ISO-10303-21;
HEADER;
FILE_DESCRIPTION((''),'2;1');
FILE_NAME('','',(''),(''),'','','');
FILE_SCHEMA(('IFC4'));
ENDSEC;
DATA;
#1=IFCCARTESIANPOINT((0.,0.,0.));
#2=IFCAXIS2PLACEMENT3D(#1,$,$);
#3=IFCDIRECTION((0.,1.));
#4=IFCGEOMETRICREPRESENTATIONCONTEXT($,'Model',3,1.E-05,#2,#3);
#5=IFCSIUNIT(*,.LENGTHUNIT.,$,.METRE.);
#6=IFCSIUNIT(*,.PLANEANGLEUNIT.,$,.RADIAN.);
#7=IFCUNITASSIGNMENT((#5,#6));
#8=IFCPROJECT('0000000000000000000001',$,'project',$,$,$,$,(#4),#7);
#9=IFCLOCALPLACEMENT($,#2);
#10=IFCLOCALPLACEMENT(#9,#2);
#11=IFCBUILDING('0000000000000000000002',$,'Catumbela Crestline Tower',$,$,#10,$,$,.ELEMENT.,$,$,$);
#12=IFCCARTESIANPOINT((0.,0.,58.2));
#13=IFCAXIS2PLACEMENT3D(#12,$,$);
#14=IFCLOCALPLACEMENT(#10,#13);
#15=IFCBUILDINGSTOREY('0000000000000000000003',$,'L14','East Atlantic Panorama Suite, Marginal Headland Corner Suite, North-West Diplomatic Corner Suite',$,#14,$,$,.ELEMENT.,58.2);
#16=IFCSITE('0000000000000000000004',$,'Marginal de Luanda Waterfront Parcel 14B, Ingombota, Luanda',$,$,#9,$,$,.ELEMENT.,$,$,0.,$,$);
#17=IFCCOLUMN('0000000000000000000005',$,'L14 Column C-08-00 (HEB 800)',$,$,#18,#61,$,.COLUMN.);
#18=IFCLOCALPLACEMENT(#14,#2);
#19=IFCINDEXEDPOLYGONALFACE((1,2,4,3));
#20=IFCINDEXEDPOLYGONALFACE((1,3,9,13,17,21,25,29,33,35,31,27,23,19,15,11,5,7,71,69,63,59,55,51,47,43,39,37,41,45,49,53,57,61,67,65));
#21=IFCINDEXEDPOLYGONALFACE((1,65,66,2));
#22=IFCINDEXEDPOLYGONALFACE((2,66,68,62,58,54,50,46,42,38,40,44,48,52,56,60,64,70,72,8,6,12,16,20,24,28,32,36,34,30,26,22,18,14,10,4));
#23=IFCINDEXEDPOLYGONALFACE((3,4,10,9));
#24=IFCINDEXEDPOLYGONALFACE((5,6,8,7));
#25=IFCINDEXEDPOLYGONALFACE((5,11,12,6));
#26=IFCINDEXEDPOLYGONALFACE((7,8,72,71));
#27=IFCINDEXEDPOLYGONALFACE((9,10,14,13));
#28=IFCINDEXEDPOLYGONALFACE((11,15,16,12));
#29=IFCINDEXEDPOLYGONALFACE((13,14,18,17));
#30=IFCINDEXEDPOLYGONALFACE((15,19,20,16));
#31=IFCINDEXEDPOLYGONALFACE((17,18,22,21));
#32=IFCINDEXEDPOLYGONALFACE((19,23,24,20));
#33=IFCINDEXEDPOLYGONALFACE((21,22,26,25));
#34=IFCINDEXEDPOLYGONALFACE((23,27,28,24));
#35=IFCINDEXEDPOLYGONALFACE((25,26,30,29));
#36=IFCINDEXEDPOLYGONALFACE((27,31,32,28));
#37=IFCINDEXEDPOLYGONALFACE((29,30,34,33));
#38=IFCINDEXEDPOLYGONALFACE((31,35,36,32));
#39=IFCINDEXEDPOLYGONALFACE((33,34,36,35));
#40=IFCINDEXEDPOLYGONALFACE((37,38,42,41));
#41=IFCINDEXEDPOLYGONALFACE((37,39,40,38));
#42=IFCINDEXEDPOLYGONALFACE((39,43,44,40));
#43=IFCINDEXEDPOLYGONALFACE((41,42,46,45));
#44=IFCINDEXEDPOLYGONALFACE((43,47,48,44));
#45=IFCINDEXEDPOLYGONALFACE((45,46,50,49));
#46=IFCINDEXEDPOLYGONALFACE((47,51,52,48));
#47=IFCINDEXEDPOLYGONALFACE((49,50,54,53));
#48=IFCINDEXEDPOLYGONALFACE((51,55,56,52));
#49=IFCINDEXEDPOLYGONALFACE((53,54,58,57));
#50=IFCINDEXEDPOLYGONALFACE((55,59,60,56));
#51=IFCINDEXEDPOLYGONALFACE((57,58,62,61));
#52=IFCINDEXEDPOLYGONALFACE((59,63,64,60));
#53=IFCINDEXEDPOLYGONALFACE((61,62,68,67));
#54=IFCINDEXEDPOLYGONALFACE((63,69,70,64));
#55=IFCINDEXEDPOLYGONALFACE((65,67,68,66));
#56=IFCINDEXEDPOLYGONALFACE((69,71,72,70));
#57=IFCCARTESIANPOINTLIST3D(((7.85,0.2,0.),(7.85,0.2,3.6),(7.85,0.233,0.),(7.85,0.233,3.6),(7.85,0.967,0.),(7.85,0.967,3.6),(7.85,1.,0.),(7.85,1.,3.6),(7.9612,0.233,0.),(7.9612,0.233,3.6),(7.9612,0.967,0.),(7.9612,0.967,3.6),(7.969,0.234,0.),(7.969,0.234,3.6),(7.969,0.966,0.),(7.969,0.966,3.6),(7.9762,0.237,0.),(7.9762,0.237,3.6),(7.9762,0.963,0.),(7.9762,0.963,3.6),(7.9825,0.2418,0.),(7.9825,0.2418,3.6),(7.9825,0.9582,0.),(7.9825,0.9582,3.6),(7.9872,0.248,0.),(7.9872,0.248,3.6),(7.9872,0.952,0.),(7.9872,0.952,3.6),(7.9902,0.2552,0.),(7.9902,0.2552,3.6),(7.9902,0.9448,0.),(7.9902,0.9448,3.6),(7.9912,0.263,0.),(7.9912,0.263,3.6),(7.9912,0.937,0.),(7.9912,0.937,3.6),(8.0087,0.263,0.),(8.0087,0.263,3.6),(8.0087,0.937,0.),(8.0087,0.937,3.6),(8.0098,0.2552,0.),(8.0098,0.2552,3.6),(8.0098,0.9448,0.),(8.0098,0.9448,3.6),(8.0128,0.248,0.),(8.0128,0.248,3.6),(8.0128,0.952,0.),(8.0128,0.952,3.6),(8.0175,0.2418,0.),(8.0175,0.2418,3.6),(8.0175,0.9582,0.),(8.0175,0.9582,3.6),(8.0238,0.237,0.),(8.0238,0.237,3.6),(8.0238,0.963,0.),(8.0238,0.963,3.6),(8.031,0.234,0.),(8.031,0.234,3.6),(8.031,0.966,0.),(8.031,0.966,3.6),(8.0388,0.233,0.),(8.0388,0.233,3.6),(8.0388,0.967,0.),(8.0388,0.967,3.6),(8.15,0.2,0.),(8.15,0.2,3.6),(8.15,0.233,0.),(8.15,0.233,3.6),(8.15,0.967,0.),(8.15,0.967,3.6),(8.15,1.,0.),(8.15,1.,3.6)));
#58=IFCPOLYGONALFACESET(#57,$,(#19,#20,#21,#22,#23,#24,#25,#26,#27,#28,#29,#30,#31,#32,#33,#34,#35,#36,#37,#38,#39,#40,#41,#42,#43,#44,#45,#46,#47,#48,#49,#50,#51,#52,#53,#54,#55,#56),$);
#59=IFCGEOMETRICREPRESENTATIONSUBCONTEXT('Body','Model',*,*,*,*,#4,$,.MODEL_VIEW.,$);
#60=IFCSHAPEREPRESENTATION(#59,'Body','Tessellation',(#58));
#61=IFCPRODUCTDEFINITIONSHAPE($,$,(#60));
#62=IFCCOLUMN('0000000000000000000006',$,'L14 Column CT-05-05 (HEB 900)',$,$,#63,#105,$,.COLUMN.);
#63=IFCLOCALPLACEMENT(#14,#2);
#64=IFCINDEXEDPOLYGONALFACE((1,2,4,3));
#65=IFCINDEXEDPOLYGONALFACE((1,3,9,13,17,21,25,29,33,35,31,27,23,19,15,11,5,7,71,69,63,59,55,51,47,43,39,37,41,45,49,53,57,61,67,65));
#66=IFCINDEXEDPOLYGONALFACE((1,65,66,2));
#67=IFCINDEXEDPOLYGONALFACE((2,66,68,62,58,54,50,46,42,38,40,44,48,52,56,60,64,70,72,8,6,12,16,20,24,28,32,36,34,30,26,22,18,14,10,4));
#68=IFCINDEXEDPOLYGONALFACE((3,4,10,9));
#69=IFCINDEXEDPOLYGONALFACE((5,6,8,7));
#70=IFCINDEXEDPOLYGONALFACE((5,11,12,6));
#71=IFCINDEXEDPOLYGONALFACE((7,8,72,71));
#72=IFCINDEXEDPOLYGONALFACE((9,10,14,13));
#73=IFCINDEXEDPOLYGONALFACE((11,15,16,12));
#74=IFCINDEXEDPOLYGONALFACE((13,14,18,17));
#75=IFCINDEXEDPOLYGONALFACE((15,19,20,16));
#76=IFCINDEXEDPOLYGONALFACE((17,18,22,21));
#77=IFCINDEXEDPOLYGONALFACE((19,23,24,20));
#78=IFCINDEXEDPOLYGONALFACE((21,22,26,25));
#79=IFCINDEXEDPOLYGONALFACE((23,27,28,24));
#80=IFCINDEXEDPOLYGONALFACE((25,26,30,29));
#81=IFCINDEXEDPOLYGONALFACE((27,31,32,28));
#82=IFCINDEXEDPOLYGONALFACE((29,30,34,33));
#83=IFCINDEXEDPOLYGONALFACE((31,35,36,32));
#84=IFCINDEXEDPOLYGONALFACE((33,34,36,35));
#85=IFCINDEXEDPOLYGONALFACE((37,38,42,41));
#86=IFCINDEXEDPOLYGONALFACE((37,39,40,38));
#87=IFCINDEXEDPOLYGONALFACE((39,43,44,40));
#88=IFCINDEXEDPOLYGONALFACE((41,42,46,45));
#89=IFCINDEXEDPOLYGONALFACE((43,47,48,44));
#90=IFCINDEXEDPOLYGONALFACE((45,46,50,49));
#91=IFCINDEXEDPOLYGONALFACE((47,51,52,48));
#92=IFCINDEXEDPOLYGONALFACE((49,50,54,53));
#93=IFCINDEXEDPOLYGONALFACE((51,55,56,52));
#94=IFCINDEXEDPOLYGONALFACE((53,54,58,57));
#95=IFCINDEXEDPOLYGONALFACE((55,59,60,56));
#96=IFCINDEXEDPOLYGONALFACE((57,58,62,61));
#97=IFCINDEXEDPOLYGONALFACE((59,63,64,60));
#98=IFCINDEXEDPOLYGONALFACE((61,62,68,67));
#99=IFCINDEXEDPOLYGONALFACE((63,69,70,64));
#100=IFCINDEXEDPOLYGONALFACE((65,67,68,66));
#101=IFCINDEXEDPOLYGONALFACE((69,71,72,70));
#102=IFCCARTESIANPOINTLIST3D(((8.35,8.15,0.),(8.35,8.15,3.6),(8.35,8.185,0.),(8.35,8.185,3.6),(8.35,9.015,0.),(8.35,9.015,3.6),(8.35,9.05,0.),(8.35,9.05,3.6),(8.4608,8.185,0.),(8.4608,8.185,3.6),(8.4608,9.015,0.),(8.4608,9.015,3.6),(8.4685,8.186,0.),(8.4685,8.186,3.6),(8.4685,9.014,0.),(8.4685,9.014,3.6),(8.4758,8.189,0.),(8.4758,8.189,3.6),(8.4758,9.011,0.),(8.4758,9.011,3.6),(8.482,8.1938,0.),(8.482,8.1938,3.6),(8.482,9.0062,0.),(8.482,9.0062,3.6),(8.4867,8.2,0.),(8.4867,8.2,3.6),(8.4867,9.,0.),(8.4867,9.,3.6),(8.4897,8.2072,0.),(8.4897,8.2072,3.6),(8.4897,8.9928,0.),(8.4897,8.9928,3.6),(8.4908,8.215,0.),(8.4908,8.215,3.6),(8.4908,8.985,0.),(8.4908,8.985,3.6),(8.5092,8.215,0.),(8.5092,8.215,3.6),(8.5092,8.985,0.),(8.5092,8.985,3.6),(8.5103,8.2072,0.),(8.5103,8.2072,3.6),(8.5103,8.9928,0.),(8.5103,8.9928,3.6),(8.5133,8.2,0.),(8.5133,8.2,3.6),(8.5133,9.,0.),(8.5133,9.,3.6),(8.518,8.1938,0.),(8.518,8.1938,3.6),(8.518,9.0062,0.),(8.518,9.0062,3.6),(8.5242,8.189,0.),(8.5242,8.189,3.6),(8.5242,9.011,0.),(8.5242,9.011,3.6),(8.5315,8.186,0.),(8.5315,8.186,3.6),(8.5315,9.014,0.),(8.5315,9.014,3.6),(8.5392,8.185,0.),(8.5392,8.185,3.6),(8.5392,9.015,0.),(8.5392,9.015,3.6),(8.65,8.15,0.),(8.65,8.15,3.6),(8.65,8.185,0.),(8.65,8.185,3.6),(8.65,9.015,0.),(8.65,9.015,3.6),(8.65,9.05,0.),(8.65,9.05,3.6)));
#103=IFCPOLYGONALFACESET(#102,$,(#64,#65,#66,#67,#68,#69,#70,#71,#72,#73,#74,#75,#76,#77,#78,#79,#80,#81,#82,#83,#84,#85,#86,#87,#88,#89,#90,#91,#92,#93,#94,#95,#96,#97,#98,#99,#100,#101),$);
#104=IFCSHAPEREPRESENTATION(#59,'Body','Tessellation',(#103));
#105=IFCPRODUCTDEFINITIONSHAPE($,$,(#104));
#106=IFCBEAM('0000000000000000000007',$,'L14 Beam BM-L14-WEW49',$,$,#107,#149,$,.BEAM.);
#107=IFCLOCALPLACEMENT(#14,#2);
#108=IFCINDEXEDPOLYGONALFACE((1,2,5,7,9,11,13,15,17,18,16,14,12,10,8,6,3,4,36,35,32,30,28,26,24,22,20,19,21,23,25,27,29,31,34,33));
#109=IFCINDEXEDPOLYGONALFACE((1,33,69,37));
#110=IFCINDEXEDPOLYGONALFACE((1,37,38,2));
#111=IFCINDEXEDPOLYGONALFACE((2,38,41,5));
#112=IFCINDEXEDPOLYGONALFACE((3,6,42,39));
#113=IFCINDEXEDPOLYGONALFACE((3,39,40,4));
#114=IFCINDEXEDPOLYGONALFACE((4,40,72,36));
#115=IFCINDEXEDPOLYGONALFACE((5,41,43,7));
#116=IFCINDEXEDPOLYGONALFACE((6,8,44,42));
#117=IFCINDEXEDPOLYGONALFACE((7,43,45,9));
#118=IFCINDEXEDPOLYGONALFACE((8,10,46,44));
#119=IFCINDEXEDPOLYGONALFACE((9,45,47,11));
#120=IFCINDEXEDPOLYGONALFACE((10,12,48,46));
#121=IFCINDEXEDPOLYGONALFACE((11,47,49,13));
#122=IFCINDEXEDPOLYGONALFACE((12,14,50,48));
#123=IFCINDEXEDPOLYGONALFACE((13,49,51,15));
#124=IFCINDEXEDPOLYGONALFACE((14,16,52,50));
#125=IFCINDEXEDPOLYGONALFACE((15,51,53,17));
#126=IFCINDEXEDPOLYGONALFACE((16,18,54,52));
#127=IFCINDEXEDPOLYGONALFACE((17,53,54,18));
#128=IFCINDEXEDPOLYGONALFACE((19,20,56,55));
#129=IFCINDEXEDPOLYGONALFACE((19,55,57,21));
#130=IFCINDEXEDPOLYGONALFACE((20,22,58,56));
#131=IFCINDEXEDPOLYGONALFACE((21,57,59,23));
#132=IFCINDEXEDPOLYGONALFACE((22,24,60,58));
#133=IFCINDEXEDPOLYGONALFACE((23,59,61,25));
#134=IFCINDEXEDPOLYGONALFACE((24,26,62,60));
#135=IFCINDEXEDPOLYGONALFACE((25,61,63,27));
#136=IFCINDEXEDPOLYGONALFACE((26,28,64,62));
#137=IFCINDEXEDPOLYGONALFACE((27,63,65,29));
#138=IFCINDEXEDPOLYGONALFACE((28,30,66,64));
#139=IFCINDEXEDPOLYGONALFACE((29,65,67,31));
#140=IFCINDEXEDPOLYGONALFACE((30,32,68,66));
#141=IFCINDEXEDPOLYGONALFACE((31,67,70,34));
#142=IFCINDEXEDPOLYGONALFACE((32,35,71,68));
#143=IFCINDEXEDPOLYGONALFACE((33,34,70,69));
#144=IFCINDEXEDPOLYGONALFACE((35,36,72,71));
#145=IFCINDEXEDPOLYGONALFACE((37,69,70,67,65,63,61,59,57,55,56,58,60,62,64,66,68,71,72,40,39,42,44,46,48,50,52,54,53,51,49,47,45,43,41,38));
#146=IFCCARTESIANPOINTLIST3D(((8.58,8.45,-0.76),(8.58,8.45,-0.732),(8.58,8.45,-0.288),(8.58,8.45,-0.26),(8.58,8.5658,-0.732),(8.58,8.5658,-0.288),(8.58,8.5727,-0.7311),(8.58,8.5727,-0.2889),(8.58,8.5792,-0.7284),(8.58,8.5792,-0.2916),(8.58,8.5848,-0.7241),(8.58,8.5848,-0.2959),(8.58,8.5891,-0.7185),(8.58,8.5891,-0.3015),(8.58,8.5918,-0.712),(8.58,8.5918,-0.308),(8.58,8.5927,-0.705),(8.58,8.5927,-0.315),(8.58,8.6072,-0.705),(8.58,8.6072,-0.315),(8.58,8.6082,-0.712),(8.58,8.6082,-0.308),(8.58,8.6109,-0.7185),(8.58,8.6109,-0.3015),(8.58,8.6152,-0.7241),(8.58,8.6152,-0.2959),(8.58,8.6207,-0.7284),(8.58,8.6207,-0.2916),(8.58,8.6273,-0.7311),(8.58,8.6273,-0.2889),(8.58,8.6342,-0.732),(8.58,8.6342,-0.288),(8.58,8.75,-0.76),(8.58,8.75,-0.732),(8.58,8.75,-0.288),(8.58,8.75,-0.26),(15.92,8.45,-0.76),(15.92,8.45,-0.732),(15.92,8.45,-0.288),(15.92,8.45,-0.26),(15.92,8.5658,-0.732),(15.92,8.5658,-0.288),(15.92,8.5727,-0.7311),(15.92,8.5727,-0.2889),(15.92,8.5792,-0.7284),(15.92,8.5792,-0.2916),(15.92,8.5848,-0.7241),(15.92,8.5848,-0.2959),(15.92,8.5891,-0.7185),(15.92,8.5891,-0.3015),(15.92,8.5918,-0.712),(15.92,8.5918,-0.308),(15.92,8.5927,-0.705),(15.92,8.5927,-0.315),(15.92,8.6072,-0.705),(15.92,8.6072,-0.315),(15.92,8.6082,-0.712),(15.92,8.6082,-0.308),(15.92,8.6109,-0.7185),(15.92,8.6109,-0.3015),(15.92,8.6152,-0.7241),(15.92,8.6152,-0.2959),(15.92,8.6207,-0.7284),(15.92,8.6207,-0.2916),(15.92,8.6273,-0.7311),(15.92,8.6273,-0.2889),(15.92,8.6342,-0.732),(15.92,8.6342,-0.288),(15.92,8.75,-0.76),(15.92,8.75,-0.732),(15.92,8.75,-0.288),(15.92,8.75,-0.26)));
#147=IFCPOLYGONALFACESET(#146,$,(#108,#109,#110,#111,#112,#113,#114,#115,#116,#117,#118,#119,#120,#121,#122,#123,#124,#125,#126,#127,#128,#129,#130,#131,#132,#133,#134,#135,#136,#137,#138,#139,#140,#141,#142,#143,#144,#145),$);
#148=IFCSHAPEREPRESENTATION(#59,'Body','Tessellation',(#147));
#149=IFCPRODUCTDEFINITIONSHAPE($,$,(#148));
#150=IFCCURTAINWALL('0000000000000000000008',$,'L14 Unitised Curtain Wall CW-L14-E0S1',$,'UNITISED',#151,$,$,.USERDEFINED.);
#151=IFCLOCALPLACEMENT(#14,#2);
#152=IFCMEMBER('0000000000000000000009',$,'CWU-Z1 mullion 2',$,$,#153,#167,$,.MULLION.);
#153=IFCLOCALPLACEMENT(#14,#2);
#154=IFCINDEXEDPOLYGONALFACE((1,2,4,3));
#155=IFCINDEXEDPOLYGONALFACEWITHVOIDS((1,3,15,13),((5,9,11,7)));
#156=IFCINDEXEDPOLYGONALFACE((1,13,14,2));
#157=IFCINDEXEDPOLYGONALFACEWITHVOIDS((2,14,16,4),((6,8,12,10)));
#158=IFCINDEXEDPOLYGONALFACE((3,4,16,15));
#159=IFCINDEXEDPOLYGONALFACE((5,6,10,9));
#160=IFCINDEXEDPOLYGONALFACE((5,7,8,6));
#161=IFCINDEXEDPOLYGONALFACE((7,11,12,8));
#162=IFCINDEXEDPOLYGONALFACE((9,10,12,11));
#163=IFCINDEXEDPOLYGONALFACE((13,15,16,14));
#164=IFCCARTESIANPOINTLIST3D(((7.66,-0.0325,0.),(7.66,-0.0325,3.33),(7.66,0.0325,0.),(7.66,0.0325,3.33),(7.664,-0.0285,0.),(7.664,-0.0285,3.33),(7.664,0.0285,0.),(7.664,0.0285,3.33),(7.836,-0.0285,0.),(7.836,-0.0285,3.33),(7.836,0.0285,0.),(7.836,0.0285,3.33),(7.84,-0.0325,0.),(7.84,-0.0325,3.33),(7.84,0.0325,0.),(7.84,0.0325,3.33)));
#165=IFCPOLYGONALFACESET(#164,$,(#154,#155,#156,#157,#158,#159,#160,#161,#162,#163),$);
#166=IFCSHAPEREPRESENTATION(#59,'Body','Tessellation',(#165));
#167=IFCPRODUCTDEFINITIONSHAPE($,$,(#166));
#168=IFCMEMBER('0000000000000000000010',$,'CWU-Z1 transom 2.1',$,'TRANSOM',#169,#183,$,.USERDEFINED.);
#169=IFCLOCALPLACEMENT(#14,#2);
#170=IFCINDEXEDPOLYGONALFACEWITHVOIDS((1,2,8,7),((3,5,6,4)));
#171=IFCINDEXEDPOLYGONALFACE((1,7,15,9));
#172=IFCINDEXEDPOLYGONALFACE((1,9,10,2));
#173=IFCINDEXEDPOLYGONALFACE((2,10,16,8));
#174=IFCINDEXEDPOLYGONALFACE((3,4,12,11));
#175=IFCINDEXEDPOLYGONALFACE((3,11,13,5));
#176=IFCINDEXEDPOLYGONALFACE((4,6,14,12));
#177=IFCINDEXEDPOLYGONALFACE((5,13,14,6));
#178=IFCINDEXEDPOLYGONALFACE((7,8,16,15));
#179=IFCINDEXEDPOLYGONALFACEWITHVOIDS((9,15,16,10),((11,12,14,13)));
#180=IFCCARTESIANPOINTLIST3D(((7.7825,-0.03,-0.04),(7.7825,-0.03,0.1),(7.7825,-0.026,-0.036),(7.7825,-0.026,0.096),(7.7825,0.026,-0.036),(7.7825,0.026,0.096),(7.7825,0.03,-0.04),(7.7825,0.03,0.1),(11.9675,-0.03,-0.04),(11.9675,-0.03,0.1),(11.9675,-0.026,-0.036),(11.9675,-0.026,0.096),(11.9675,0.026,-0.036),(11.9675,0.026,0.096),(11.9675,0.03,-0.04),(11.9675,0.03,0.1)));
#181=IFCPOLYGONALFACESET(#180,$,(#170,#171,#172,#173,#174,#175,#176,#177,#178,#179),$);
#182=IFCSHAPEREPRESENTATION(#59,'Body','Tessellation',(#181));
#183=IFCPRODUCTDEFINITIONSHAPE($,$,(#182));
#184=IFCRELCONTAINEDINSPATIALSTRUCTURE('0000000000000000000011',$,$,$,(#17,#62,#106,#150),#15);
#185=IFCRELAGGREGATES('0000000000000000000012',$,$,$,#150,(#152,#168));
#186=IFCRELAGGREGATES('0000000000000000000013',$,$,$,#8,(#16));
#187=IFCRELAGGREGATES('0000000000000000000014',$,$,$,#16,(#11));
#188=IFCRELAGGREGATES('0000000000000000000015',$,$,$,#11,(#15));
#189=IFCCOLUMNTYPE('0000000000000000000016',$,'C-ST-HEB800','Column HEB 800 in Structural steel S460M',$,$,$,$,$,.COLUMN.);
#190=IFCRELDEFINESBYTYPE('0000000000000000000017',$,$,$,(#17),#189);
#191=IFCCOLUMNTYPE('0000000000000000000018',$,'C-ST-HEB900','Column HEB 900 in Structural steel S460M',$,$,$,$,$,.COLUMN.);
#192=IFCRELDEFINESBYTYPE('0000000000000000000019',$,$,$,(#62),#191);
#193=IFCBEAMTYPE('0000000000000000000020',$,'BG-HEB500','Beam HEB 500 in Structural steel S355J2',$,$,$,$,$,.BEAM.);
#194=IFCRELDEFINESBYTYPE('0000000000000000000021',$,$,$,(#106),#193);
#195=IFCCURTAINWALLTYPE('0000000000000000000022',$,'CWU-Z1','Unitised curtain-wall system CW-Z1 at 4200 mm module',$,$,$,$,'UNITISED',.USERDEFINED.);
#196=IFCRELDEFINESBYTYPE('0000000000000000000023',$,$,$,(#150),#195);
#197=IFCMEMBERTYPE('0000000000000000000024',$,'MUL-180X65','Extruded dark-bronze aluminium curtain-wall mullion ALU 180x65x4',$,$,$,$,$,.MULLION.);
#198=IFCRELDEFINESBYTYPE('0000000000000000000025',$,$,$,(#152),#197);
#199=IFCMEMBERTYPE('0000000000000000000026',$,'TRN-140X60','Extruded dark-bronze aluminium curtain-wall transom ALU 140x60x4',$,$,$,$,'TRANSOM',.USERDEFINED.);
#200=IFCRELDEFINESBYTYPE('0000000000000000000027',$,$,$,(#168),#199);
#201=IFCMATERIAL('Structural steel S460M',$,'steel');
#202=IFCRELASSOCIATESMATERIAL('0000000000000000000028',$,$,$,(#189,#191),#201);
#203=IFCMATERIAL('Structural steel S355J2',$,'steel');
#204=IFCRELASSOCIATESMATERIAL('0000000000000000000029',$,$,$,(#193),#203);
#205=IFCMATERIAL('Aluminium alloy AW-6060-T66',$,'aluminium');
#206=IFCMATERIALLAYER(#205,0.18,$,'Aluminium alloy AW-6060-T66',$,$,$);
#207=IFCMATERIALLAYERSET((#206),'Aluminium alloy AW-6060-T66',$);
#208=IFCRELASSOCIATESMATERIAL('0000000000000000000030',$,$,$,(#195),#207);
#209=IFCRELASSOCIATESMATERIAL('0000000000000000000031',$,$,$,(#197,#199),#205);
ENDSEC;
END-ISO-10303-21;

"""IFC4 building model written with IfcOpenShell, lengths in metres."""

from ifc_helpers import new_model, si_unit, direction, frame, origin, origin_2d, place, context, subcontext, project, spatial, hollow_rectangle, i_section, extrude, material, layer, layer_set, material_profile, profile_set, type_object, element, aggregate, save


model = new_model("IFC4")

# Units and contexts
model_context = context("Model", 3, precision=1e-05, world=origin(), true_north=direction((0.0, 1.0)))
body_context = subcontext(model_context, "Body", "Model", "MODEL_VIEW")
ifc_project = project(units=[si_unit("LENGTHUNIT", "METRE"), si_unit("PLANEANGLEUNIT", "RADIAN")], contexts=[model_context])

# Site, building, storey
site_placement = place(None, origin())
site = spatial("IfcSite", under=ifc_project, at=site_placement, Name="Marginal de Luanda Waterfront Parcel 14B, Ingombota, Luanda", CompositionType="ELEMENT", RefElevation=0.0)
building_placement = place(site_placement, origin())
building = spatial("IfcBuilding", under=site, at=building_placement, Name="Catumbela Crestline Tower", CompositionType="ELEMENT")
storey_placement = place(building_placement, frame((0.0, 0.0, 58.2)))
storey = spatial("IfcBuildingStorey", under=building, at=storey_placement, Name="L14", Description="East Atlantic Panorama Suite, Marginal Headland Corner Suite, North-West Diplomatic Corner Suite", CompositionType="ELEMENT", Elevation=58.2)

# Columns
ifc_material_1 = material(Name="Structural steel S460M", Category="steel")
ifc_material_profile_1 = material_profile(ifc_material_1, i_section(OverallWidth=0.3, OverallDepth=0.8, WebThickness=0.0175, FlangeThickness=0.033, FilletRadius=0.03, at=origin_2d()), Name="HEB 800")
ifc_profile_set_1 = profile_set([ifc_material_profile_1], Name="Structural steel S460M")
column_type_1 = type_object("IfcColumnType", Name="C-ST-HEB800", Description="Column HEB 800 in Structural steel S460M", PredefinedType="COLUMN", material=ifc_profile_set_1)
column_1_placement = place(storey_placement, frame((8.0, 0.6, 0.0), z_axis=(0.0, 0.0, 1.0), x_axis=(1.0, 0.0, 0.0)))
element("IfcColumn", 1, at=column_1_placement, inside=storey, type_object=column_type_1, Name="L14 Column C-08-00 (HEB 800)", PredefinedType="COLUMN", context=body_context, shape_type="SweptSolid", body=[
    extrude(i_section(OverallWidth=0.3, OverallDepth=0.8, WebThickness=0.0175, FlangeThickness=0.033, FilletRadius=0.03, at=origin_2d()), origin(), (0.0, 0.0, 1.0), 3.6),
])
ifc_material_profile_2 = material_profile(ifc_material_1, i_section(OverallWidth=0.3, OverallDepth=0.9, WebThickness=0.0185, FlangeThickness=0.035, FilletRadius=0.03, at=origin_2d()), Name="HEB 900")
ifc_profile_set_2 = profile_set([ifc_material_profile_2], Name="Structural steel S460M")
column_type_2 = type_object("IfcColumnType", Name="C-ST-HEB900", Description="Column HEB 900 in Structural steel S460M", PredefinedType="COLUMN", material=ifc_profile_set_2)
column_2_placement = place(storey_placement, frame((8.5, 8.6, 0.0), z_axis=(0.0, 0.0, 1.0), x_axis=(1.0, 0.0, 0.0)))
element("IfcColumn", 2, at=column_2_placement, inside=storey, type_object=column_type_2, Name="L14 Column CT-05-05 (HEB 900)", PredefinedType="COLUMN", context=body_context, shape_type="SweptSolid", body=[
    extrude(i_section(OverallWidth=0.3, OverallDepth=0.9, WebThickness=0.0185, FlangeThickness=0.035, FilletRadius=0.03, at=origin_2d()), origin(), (0.0, 0.0, 1.0), 3.6),
])

# Beam
ifc_material_2 = material(Name="Structural steel S355J2", Category="steel")
ifc_material_profile_3 = material_profile(ifc_material_2, i_section(OverallWidth=0.3, OverallDepth=0.5, WebThickness=0.0145, FlangeThickness=0.028, FilletRadius=0.027, at=origin_2d()), Name="HEB 500")
ifc_profile_set_3 = profile_set([ifc_material_profile_3], Name="Structural steel S355J2")
beam_type = type_object("IfcBeamType", Name="BG-HEB500", Description="Beam HEB 500 in Structural steel S355J2", PredefinedType="BEAM", material=ifc_profile_set_3)
beam_placement = place(storey_placement, frame((8.58, 8.6, -0.51), z_axis=(1.0, 0.0, 0.0), x_axis=(0.0, 1.0, 0.0)))
element("IfcBeam", 3, at=beam_placement, inside=storey, type_object=beam_type, Name="L14 Beam BM-L14-WEW49", PredefinedType="BEAM", context=body_context, shape_type="SweptSolid", body=[
    extrude(i_section(OverallWidth=0.3, OverallDepth=0.5, WebThickness=0.0145, FlangeThickness=0.028, FilletRadius=0.027, at=origin_2d()), origin(), (0.0, 0.0, 1.0), 7.34),
])

# Curtain wall, members
ifc_material_3 = material(Name="Aluminium alloy AW-6060-T66", Category="aluminium")
ifc_layer_1 = layer(ifc_material_3, 0.18, Name="Aluminium alloy AW-6060-T66")
ifc_layer_set_1 = layer_set([ifc_layer_1], Name="Aluminium alloy AW-6060-T66")
curtain_wall_type = type_object("IfcCurtainWallType", Name="CWU-Z1", Description="Unitised curtain-wall system CW-Z1 at 4200 mm module", ElementType="UNITISED", PredefinedType="USERDEFINED", material=ifc_layer_set_1)
curtain_wall_placement = place(storey_placement, origin())
curtain_wall = element("IfcCurtainWall", 4, at=curtain_wall_placement, inside=storey, type_object=curtain_wall_type, Name="L14 Unitised Curtain Wall CW-L14-E0S1", ObjectType="UNITISED", PredefinedType="USERDEFINED")
ifc_material_profile_4 = material_profile(ifc_material_3, hollow_rectangle(XDim=0.065, YDim=0.18, WallThickness=0.004, at=origin_2d()), Name="ALU 180x65x4")
ifc_profile_set_4 = profile_set([ifc_material_profile_4], Name="Aluminium alloy AW-6060-T66")
member_type_1 = type_object("IfcMemberType", Name="MUL-180X65", Description="Extruded dark-bronze aluminium curtain-wall mullion ALU 180x65x4", PredefinedType="MULLION", material=ifc_profile_set_4)
member_1_placement = place(storey_placement, frame((7.75, 0.0, 0.0), z_axis=(0.0, 0.0, 1.0), x_axis=(0.0, 1.0, 0.0)))
member_1 = element("IfcMember", 5, at=member_1_placement, type_object=member_type_1, Name="CWU-Z1 mullion 2", PredefinedType="MULLION", context=body_context, shape_type="SweptSolid", body=[
    extrude(hollow_rectangle(XDim=0.065, YDim=0.18, WallThickness=0.004, at=origin_2d()), origin(), (0.0, 0.0, 1.0), 3.33),
])
ifc_material_profile_5 = material_profile(ifc_material_3, hollow_rectangle(XDim=0.06, YDim=0.14, WallThickness=0.004, at=origin_2d()), Name="ALU 140x60x4")
ifc_profile_set_5 = profile_set([ifc_material_profile_5], Name="Aluminium alloy AW-6060-T66")
member_type_2 = type_object("IfcMemberType", Name="TRN-140X60", Description="Extruded dark-bronze aluminium curtain-wall transom ALU 140x60x4", ElementType="TRANSOM", PredefinedType="USERDEFINED", material=ifc_profile_set_5)
member_2_placement = place(storey_placement, frame((7.7825, 0.0, 0.03), z_axis=(1.0, 0.0, 0.0), x_axis=(0.0, 1.0, 0.0)))
member_2 = element("IfcMember", 6, at=member_2_placement, type_object=member_type_2, Name="CWU-Z1 transom 2.1", ObjectType="TRANSOM", PredefinedType="USERDEFINED", context=body_context, shape_type="SweptSolid", body=[
    extrude(hollow_rectangle(XDim=0.06, YDim=0.14, WallThickness=0.004, at=origin_2d()), origin(), (0.0, 0.0, 1.0), 4.185),
])
aggregate(curtain_wall, [member_1, member_2])

save(model, "model.ifc")
